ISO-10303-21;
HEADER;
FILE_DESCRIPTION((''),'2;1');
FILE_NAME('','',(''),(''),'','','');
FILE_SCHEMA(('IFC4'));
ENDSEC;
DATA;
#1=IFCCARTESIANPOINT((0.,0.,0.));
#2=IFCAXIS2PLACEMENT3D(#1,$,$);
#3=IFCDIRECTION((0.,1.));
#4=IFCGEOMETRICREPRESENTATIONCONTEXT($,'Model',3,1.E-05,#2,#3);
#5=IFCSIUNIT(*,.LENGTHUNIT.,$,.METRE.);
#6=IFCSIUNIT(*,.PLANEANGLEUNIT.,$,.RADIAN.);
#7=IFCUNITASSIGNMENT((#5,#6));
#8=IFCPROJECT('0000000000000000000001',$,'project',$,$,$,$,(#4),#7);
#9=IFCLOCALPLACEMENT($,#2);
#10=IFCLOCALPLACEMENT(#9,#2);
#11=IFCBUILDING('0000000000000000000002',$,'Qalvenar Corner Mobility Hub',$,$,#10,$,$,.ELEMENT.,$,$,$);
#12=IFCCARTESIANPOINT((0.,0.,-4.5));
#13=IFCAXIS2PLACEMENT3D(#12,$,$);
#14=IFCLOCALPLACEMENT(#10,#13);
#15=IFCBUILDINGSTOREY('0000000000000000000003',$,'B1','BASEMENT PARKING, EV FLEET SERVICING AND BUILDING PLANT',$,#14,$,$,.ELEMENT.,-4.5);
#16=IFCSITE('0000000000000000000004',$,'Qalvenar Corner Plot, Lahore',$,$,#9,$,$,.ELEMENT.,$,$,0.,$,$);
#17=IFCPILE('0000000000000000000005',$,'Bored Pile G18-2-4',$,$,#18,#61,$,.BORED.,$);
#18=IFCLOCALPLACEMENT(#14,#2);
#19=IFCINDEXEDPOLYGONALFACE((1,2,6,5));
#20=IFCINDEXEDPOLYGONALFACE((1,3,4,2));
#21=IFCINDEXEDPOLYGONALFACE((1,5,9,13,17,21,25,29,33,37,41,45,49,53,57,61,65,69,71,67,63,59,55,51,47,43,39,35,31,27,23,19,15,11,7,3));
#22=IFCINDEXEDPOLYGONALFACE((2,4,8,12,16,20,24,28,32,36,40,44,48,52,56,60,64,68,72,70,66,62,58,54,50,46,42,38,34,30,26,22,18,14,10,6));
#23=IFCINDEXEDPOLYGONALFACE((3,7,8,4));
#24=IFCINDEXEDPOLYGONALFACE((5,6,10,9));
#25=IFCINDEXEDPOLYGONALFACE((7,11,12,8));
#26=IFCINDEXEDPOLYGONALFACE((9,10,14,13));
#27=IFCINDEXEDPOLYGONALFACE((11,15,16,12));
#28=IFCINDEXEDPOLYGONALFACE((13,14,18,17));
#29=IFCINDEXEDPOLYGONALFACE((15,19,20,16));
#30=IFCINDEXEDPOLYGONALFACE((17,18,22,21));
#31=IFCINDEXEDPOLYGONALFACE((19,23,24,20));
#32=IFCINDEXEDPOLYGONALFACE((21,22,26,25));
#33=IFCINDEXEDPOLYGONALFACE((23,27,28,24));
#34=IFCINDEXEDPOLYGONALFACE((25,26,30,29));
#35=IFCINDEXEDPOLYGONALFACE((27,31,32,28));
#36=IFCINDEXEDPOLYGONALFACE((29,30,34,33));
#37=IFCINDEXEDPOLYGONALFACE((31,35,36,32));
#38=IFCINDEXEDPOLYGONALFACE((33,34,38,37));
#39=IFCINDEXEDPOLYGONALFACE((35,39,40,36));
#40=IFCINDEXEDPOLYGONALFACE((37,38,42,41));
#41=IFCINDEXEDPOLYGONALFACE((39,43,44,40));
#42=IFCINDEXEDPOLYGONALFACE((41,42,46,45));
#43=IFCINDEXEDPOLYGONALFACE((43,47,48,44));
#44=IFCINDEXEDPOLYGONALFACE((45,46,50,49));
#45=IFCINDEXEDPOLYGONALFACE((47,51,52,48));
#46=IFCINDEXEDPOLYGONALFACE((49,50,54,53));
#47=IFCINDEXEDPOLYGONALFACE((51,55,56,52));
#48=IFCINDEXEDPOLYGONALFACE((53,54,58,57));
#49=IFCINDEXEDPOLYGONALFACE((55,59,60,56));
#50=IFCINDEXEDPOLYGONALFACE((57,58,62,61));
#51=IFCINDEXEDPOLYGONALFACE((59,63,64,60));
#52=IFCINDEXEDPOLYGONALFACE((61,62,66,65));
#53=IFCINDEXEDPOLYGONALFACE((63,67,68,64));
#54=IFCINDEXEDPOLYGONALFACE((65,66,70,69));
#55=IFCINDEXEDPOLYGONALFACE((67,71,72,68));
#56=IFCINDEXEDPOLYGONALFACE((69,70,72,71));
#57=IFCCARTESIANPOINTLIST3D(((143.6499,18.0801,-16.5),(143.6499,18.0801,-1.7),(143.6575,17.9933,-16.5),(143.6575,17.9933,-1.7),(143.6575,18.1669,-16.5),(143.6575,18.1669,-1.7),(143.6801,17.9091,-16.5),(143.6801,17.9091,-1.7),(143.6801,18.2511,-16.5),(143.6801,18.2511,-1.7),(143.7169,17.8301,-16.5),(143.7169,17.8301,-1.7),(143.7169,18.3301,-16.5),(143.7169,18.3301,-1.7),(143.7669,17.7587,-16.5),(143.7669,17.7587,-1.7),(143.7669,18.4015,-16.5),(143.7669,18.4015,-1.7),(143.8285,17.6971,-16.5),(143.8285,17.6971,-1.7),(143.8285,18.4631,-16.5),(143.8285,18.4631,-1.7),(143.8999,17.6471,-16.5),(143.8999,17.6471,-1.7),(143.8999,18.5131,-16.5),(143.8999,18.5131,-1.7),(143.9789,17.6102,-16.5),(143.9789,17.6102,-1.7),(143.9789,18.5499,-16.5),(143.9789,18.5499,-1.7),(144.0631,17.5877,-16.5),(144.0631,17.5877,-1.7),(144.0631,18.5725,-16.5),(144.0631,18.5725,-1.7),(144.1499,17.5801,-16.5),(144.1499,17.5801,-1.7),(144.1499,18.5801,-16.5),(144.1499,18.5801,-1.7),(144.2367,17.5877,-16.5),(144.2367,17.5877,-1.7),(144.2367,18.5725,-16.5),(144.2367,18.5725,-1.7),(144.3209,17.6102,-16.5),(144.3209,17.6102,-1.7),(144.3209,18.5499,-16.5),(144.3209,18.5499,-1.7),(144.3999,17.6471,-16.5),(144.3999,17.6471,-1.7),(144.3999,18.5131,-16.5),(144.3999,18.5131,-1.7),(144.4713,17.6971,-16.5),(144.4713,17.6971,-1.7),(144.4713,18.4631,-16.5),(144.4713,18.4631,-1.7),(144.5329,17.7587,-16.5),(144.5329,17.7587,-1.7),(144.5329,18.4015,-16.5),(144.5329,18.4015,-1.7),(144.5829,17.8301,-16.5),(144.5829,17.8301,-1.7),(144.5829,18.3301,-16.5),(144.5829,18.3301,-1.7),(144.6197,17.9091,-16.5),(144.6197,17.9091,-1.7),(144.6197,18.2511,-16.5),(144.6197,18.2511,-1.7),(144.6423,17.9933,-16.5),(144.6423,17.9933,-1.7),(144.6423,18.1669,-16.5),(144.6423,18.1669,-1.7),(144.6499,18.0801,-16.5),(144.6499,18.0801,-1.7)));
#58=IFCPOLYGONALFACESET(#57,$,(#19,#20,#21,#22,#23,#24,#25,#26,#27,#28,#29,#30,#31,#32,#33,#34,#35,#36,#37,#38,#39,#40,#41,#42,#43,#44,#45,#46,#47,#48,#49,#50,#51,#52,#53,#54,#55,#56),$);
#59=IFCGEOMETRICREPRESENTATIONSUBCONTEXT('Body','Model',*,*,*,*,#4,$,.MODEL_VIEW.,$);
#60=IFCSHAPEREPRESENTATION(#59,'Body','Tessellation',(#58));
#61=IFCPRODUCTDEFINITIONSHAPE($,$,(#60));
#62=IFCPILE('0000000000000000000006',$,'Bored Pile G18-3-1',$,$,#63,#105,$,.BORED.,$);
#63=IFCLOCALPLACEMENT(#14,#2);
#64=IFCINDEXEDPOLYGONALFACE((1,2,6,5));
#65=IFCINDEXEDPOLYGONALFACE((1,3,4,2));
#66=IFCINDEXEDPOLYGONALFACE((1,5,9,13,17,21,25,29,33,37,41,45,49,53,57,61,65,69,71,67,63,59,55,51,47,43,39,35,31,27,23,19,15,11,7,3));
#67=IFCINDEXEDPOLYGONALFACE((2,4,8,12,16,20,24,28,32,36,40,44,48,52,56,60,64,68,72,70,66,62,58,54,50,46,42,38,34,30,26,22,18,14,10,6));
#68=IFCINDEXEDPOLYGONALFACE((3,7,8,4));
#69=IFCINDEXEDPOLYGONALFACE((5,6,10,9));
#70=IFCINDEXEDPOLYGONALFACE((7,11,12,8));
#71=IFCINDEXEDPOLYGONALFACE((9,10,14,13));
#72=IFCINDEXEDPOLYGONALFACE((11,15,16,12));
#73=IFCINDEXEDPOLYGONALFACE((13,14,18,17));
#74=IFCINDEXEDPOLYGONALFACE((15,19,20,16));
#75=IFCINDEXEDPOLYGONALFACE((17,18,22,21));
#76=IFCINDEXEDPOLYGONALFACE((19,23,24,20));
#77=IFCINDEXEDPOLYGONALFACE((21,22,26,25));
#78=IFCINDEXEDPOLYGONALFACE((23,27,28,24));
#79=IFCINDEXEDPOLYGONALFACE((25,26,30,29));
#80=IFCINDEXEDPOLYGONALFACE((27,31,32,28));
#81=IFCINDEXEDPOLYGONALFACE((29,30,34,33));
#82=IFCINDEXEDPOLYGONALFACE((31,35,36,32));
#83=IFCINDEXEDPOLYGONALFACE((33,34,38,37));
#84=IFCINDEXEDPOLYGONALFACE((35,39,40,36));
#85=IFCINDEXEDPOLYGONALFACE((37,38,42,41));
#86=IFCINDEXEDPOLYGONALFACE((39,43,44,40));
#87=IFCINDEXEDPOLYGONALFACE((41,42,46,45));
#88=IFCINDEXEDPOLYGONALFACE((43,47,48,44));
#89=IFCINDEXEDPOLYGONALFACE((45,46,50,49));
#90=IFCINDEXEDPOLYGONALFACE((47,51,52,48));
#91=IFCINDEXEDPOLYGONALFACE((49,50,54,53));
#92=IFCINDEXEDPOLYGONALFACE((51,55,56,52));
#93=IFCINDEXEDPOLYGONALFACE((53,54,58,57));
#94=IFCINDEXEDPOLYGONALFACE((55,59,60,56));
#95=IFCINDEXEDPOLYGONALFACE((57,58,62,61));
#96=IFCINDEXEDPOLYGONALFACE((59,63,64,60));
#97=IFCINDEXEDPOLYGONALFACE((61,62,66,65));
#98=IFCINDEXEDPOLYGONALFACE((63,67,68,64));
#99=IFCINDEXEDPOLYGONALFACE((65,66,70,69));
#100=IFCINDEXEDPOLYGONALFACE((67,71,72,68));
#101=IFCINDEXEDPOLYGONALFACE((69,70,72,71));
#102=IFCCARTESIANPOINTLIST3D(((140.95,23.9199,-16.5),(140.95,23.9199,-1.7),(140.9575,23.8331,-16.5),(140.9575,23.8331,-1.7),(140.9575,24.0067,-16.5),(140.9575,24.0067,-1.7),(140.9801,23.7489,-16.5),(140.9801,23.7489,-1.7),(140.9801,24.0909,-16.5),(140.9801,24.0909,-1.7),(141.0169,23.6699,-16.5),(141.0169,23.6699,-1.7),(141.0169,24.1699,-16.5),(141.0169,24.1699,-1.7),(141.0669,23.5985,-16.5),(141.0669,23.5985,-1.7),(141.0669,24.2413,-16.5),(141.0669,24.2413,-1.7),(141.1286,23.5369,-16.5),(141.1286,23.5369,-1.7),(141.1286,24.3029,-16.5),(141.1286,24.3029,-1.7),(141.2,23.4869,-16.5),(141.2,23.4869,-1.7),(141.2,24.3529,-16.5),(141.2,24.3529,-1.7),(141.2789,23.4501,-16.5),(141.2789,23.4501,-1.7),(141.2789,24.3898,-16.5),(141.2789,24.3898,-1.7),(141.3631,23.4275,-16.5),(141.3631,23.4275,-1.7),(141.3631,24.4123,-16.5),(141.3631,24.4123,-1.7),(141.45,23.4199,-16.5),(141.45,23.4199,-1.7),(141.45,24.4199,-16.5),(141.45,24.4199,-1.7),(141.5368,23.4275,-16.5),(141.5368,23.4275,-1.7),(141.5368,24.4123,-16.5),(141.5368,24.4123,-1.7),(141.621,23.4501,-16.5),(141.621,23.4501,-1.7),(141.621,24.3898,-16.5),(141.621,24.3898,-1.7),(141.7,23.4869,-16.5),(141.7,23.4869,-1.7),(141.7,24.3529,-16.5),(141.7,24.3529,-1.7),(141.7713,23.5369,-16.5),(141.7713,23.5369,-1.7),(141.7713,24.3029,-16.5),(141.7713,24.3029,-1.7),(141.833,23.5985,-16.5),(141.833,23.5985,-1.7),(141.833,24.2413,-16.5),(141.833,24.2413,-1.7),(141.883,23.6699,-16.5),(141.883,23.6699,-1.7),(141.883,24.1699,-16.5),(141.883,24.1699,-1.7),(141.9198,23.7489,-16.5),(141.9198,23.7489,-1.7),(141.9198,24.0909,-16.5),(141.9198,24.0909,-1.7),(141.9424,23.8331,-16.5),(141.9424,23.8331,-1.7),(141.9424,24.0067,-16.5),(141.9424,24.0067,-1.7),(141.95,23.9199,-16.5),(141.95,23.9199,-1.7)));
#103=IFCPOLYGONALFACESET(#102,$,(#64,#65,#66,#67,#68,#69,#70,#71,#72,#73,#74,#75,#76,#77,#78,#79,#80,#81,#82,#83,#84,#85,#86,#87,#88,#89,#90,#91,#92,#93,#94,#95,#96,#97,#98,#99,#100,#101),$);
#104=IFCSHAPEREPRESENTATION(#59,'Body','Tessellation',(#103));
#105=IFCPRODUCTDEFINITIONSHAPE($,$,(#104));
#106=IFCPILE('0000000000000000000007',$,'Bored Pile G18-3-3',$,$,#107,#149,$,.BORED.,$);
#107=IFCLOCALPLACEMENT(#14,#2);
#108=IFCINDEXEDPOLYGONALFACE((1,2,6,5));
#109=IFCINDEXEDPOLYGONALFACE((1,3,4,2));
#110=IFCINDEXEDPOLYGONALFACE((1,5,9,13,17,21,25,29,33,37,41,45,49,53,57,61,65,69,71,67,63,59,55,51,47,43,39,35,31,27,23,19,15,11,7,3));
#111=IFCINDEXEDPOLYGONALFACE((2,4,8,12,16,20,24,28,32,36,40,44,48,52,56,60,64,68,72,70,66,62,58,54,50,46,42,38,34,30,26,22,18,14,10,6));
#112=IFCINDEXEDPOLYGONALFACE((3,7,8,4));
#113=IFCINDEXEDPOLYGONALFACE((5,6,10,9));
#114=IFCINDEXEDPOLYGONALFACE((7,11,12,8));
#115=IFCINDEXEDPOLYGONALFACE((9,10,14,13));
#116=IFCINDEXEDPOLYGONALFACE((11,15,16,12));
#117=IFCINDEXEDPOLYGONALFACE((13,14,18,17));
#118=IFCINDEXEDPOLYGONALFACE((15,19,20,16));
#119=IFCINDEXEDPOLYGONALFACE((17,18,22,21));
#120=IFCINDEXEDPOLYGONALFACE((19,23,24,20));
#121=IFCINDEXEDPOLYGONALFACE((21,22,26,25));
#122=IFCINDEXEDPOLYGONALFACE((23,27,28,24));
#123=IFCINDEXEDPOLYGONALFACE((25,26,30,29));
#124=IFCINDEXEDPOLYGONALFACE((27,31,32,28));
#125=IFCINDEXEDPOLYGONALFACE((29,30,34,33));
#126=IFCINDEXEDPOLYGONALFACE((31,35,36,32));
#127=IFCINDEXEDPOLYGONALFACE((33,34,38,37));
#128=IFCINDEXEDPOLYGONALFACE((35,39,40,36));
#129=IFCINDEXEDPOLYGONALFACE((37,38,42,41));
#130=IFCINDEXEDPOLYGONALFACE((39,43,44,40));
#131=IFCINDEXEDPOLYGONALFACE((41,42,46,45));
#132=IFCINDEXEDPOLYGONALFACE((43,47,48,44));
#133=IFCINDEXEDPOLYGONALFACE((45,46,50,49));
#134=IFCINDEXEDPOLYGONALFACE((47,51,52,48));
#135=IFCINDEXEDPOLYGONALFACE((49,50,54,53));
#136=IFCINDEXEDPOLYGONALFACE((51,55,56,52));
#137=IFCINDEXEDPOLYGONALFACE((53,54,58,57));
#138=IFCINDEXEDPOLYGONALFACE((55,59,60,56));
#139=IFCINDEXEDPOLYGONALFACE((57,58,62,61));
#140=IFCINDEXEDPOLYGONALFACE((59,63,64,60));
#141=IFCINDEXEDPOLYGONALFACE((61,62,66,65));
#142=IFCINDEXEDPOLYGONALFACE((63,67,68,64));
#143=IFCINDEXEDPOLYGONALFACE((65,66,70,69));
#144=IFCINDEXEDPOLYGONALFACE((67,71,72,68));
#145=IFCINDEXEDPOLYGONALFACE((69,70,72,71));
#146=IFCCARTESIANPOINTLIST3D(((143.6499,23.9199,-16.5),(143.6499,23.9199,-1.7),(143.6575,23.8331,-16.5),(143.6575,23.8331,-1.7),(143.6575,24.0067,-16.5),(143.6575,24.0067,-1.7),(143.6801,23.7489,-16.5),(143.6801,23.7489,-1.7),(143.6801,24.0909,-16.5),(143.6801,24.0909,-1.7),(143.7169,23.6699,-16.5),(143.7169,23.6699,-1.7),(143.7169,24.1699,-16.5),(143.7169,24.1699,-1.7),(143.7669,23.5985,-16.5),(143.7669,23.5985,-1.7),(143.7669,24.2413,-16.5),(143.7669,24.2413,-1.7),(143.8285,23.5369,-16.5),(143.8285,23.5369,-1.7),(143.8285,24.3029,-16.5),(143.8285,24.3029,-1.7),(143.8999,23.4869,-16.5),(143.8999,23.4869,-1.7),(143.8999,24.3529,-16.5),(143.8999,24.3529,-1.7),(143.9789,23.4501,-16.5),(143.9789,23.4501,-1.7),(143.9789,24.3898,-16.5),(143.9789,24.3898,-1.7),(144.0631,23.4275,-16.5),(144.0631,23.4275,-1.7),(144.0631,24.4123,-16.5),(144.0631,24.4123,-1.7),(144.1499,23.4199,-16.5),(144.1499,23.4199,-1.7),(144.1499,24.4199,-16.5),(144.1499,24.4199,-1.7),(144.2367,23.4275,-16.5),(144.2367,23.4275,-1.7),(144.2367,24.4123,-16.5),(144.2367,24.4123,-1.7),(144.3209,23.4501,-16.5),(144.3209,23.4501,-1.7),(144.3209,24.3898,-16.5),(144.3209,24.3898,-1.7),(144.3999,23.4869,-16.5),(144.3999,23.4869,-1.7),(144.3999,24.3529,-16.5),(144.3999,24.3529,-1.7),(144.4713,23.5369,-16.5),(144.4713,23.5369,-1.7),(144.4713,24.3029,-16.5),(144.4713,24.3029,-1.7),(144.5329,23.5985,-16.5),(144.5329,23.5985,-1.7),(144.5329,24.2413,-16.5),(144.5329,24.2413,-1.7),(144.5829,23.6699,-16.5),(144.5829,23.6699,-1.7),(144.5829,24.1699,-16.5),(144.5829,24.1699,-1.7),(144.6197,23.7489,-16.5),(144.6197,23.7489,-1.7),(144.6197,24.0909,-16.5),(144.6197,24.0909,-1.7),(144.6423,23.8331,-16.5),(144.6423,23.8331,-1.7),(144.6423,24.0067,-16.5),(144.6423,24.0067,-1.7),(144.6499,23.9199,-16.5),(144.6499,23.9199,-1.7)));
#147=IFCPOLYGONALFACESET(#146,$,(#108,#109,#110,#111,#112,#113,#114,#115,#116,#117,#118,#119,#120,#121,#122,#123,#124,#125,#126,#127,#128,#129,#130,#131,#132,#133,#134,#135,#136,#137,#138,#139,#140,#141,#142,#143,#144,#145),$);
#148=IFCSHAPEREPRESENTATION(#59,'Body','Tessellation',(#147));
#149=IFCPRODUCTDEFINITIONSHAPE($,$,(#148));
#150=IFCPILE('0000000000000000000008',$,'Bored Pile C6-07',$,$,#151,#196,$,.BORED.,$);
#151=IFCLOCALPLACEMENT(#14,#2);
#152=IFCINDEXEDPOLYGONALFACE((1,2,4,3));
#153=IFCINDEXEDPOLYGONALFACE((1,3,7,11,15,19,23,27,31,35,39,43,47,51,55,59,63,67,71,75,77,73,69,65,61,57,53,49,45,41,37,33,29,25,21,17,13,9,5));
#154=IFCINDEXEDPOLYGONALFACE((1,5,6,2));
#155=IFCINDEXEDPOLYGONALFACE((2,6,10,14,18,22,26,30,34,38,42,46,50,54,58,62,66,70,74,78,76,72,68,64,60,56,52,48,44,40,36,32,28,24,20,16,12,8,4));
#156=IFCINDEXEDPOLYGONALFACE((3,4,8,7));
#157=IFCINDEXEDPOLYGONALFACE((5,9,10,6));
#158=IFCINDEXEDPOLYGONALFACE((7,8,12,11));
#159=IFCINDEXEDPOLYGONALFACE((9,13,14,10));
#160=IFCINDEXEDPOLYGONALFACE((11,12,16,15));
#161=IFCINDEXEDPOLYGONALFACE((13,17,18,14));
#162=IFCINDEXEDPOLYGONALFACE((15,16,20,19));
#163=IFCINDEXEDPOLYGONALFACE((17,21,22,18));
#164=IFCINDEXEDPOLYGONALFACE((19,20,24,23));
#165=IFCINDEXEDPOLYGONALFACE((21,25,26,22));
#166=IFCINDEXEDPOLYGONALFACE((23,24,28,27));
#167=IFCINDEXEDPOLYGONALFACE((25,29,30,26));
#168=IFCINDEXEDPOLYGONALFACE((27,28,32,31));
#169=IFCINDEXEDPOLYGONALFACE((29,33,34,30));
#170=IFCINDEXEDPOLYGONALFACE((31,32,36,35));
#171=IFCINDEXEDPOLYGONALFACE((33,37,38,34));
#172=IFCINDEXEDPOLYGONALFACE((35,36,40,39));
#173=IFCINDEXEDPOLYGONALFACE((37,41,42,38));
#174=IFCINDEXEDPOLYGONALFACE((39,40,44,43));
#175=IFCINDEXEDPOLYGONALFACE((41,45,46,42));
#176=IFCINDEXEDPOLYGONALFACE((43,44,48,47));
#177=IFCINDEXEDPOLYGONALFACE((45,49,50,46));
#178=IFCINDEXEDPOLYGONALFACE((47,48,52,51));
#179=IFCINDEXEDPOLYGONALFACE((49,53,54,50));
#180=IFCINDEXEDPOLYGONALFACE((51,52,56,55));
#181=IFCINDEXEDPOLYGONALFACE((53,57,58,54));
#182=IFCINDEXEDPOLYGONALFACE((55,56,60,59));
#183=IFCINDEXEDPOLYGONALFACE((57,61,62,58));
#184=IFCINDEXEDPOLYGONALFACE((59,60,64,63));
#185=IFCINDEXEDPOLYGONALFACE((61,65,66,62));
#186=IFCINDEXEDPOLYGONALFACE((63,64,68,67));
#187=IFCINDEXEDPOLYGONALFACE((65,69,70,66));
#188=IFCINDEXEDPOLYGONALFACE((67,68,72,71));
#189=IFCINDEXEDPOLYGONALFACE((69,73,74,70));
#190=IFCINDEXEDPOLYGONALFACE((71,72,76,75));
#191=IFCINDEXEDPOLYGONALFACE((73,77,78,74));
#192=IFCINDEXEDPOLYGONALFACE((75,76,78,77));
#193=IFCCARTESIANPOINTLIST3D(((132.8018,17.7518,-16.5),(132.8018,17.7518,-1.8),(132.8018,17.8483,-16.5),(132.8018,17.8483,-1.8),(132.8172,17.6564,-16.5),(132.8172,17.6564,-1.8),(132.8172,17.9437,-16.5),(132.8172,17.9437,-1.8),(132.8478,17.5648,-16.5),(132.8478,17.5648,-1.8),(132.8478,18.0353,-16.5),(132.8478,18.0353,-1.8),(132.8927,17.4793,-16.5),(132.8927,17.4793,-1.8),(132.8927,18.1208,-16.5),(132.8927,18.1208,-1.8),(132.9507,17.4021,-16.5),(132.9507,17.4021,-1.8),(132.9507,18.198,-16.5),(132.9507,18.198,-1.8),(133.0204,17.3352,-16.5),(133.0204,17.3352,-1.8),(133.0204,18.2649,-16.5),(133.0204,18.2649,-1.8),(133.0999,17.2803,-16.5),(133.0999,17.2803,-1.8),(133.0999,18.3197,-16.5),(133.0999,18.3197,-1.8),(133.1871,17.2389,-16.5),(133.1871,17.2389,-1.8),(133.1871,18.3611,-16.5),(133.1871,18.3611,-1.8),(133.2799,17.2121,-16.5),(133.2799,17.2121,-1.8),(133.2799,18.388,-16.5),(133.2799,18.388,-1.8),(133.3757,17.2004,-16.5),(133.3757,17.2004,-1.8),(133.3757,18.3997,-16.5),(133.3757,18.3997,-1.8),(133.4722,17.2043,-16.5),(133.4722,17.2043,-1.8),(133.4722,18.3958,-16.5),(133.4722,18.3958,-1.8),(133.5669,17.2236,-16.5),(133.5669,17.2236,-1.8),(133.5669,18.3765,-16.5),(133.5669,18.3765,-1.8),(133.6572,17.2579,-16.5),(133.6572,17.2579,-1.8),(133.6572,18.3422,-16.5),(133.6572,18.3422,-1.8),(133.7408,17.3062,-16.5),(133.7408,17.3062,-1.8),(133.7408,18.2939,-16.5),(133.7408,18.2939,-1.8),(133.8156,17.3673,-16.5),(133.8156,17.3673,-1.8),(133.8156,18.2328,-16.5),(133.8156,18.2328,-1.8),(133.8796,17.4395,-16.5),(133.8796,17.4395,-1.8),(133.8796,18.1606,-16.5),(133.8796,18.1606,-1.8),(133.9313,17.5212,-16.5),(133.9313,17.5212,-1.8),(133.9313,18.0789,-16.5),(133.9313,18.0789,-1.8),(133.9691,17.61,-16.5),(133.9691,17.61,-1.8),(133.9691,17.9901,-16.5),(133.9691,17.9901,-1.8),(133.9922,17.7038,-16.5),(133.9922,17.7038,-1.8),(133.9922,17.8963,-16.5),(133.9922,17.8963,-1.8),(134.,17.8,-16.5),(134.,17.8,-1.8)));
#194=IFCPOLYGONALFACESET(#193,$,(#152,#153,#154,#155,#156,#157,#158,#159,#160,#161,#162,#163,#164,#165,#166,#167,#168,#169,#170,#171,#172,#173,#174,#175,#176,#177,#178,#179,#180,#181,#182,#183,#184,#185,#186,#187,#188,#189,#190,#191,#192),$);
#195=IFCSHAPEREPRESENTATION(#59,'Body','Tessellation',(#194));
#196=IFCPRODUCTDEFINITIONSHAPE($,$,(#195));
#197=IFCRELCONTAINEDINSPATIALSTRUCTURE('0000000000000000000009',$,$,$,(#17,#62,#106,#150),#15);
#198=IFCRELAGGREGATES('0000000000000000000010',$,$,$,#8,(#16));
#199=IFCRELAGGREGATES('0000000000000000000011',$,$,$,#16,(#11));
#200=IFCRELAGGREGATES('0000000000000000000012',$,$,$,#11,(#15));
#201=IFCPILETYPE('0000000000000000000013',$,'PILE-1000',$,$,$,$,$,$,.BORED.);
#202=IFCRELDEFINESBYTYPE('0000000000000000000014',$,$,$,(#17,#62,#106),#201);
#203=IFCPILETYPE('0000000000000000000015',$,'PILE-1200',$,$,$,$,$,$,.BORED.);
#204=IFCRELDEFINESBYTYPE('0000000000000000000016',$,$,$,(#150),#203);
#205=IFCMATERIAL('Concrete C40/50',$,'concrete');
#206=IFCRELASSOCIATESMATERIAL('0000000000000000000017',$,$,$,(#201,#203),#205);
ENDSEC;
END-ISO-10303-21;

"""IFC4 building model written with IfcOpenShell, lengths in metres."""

from ifc_helpers import new_model, si_unit, direction, frame, origin, origin_2d, place, context, subcontext, project, spatial, circle, extrude, material, material_profile, profile_set, type_object, element, save


model = new_model("IFC4")

# Units and contexts
model_context = context("Model", 3, precision=1e-05, world=origin(), true_north=direction((0.0, 1.0)))
body_context = subcontext(model_context, "Body", "Model", "MODEL_VIEW")
ifc_project = project(units=[si_unit("LENGTHUNIT", "METRE"), si_unit("PLANEANGLEUNIT", "RADIAN")], contexts=[model_context])

# Site, building, storey
site_placement = place(None, origin())
site = spatial("IfcSite", under=ifc_project, at=site_placement, Name="Qalvenar Corner Plot, Lahore", CompositionType="ELEMENT", RefElevation=0.0)
building_placement = place(site_placement, origin())
building = spatial("IfcBuilding", under=site, at=building_placement, Name="Qalvenar Corner Mobility Hub", CompositionType="ELEMENT")
storey_placement = place(building_placement, frame((0.0, 0.0, -4.5)))
storey = spatial("IfcBuildingStorey", under=building, at=storey_placement, Name="B1", Description="BASEMENT PARKING, EV FLEET SERVICING AND BUILDING PLANT", CompositionType="ELEMENT", Elevation=-4.5)

# Shared definitions
ifc_material_1 = material(Name="Concrete C40/50", Category="concrete")

# Piles
ifc_material_profile_1 = material_profile(ifc_material_1, circle(Radius=0.5, at=origin_2d()), Name="DIA1000")
ifc_profile_set_1 = profile_set([ifc_material_profile_1], Name="Concrete C40/50")
pile_type_1 = type_object("IfcPileType", Name="PILE-1000", PredefinedType="BORED", material=ifc_profile_set_1)
for number, where, z_axis, x_axis, name in (
    (1, (144.1499, 18.0801, -1.7), (0.0, 0.0, -1.0), (1.0, 0.0, 0.0), "Bored Pile G18-2-4"),
    (2, (141.45, 23.9199, -1.7), (0.0, 0.0, -1.0), (1.0, 0.0, 0.0), "Bored Pile G18-3-1"),
    (3, (144.1499, 23.9199, -1.7), (0.0, 0.0, -1.0), (1.0, 0.0, 0.0), "Bored Pile G18-3-3"),
):
    element("IfcPile", number, at=place(storey_placement, frame(where, z_axis=z_axis, x_axis=x_axis)), inside=storey, type_object=pile_type_1, Name=name, PredefinedType="BORED", context=body_context, shape_type="SweptSolid", body=[
        extrude(circle(Radius=0.5, at=origin_2d()), origin(), (0.0, 0.0, 1.0), 14.8),
    ])
ifc_material_profile_2 = material_profile(ifc_material_1, circle(Radius=0.6001, at=origin_2d()), Name="DIA1200")
ifc_profile_set_2 = profile_set([ifc_material_profile_2], Name="Concrete C40/50")
pile_type_2 = type_object("IfcPileType", Name="PILE-1200", PredefinedType="BORED", material=ifc_profile_set_2)
for number, where, z_axis, x_axis, name in (
    (4, (133.3999, 17.8, -1.8), (0.0, 0.0, -1.0), (1.0, 0.0, 0.0), "Bored Pile C6-07"),
):
    element("IfcPile", number, at=place(storey_placement, frame(where, z_axis=z_axis, x_axis=x_axis)), inside=storey, type_object=pile_type_2, Name=name, PredefinedType="BORED", context=body_context, shape_type="SweptSolid", body=[
        extrude(circle(Radius=0.6001, at=origin_2d()), origin(), (0.0, 0.0, 1.0), 14.7),
    ])

save(model, "model.ifc")
